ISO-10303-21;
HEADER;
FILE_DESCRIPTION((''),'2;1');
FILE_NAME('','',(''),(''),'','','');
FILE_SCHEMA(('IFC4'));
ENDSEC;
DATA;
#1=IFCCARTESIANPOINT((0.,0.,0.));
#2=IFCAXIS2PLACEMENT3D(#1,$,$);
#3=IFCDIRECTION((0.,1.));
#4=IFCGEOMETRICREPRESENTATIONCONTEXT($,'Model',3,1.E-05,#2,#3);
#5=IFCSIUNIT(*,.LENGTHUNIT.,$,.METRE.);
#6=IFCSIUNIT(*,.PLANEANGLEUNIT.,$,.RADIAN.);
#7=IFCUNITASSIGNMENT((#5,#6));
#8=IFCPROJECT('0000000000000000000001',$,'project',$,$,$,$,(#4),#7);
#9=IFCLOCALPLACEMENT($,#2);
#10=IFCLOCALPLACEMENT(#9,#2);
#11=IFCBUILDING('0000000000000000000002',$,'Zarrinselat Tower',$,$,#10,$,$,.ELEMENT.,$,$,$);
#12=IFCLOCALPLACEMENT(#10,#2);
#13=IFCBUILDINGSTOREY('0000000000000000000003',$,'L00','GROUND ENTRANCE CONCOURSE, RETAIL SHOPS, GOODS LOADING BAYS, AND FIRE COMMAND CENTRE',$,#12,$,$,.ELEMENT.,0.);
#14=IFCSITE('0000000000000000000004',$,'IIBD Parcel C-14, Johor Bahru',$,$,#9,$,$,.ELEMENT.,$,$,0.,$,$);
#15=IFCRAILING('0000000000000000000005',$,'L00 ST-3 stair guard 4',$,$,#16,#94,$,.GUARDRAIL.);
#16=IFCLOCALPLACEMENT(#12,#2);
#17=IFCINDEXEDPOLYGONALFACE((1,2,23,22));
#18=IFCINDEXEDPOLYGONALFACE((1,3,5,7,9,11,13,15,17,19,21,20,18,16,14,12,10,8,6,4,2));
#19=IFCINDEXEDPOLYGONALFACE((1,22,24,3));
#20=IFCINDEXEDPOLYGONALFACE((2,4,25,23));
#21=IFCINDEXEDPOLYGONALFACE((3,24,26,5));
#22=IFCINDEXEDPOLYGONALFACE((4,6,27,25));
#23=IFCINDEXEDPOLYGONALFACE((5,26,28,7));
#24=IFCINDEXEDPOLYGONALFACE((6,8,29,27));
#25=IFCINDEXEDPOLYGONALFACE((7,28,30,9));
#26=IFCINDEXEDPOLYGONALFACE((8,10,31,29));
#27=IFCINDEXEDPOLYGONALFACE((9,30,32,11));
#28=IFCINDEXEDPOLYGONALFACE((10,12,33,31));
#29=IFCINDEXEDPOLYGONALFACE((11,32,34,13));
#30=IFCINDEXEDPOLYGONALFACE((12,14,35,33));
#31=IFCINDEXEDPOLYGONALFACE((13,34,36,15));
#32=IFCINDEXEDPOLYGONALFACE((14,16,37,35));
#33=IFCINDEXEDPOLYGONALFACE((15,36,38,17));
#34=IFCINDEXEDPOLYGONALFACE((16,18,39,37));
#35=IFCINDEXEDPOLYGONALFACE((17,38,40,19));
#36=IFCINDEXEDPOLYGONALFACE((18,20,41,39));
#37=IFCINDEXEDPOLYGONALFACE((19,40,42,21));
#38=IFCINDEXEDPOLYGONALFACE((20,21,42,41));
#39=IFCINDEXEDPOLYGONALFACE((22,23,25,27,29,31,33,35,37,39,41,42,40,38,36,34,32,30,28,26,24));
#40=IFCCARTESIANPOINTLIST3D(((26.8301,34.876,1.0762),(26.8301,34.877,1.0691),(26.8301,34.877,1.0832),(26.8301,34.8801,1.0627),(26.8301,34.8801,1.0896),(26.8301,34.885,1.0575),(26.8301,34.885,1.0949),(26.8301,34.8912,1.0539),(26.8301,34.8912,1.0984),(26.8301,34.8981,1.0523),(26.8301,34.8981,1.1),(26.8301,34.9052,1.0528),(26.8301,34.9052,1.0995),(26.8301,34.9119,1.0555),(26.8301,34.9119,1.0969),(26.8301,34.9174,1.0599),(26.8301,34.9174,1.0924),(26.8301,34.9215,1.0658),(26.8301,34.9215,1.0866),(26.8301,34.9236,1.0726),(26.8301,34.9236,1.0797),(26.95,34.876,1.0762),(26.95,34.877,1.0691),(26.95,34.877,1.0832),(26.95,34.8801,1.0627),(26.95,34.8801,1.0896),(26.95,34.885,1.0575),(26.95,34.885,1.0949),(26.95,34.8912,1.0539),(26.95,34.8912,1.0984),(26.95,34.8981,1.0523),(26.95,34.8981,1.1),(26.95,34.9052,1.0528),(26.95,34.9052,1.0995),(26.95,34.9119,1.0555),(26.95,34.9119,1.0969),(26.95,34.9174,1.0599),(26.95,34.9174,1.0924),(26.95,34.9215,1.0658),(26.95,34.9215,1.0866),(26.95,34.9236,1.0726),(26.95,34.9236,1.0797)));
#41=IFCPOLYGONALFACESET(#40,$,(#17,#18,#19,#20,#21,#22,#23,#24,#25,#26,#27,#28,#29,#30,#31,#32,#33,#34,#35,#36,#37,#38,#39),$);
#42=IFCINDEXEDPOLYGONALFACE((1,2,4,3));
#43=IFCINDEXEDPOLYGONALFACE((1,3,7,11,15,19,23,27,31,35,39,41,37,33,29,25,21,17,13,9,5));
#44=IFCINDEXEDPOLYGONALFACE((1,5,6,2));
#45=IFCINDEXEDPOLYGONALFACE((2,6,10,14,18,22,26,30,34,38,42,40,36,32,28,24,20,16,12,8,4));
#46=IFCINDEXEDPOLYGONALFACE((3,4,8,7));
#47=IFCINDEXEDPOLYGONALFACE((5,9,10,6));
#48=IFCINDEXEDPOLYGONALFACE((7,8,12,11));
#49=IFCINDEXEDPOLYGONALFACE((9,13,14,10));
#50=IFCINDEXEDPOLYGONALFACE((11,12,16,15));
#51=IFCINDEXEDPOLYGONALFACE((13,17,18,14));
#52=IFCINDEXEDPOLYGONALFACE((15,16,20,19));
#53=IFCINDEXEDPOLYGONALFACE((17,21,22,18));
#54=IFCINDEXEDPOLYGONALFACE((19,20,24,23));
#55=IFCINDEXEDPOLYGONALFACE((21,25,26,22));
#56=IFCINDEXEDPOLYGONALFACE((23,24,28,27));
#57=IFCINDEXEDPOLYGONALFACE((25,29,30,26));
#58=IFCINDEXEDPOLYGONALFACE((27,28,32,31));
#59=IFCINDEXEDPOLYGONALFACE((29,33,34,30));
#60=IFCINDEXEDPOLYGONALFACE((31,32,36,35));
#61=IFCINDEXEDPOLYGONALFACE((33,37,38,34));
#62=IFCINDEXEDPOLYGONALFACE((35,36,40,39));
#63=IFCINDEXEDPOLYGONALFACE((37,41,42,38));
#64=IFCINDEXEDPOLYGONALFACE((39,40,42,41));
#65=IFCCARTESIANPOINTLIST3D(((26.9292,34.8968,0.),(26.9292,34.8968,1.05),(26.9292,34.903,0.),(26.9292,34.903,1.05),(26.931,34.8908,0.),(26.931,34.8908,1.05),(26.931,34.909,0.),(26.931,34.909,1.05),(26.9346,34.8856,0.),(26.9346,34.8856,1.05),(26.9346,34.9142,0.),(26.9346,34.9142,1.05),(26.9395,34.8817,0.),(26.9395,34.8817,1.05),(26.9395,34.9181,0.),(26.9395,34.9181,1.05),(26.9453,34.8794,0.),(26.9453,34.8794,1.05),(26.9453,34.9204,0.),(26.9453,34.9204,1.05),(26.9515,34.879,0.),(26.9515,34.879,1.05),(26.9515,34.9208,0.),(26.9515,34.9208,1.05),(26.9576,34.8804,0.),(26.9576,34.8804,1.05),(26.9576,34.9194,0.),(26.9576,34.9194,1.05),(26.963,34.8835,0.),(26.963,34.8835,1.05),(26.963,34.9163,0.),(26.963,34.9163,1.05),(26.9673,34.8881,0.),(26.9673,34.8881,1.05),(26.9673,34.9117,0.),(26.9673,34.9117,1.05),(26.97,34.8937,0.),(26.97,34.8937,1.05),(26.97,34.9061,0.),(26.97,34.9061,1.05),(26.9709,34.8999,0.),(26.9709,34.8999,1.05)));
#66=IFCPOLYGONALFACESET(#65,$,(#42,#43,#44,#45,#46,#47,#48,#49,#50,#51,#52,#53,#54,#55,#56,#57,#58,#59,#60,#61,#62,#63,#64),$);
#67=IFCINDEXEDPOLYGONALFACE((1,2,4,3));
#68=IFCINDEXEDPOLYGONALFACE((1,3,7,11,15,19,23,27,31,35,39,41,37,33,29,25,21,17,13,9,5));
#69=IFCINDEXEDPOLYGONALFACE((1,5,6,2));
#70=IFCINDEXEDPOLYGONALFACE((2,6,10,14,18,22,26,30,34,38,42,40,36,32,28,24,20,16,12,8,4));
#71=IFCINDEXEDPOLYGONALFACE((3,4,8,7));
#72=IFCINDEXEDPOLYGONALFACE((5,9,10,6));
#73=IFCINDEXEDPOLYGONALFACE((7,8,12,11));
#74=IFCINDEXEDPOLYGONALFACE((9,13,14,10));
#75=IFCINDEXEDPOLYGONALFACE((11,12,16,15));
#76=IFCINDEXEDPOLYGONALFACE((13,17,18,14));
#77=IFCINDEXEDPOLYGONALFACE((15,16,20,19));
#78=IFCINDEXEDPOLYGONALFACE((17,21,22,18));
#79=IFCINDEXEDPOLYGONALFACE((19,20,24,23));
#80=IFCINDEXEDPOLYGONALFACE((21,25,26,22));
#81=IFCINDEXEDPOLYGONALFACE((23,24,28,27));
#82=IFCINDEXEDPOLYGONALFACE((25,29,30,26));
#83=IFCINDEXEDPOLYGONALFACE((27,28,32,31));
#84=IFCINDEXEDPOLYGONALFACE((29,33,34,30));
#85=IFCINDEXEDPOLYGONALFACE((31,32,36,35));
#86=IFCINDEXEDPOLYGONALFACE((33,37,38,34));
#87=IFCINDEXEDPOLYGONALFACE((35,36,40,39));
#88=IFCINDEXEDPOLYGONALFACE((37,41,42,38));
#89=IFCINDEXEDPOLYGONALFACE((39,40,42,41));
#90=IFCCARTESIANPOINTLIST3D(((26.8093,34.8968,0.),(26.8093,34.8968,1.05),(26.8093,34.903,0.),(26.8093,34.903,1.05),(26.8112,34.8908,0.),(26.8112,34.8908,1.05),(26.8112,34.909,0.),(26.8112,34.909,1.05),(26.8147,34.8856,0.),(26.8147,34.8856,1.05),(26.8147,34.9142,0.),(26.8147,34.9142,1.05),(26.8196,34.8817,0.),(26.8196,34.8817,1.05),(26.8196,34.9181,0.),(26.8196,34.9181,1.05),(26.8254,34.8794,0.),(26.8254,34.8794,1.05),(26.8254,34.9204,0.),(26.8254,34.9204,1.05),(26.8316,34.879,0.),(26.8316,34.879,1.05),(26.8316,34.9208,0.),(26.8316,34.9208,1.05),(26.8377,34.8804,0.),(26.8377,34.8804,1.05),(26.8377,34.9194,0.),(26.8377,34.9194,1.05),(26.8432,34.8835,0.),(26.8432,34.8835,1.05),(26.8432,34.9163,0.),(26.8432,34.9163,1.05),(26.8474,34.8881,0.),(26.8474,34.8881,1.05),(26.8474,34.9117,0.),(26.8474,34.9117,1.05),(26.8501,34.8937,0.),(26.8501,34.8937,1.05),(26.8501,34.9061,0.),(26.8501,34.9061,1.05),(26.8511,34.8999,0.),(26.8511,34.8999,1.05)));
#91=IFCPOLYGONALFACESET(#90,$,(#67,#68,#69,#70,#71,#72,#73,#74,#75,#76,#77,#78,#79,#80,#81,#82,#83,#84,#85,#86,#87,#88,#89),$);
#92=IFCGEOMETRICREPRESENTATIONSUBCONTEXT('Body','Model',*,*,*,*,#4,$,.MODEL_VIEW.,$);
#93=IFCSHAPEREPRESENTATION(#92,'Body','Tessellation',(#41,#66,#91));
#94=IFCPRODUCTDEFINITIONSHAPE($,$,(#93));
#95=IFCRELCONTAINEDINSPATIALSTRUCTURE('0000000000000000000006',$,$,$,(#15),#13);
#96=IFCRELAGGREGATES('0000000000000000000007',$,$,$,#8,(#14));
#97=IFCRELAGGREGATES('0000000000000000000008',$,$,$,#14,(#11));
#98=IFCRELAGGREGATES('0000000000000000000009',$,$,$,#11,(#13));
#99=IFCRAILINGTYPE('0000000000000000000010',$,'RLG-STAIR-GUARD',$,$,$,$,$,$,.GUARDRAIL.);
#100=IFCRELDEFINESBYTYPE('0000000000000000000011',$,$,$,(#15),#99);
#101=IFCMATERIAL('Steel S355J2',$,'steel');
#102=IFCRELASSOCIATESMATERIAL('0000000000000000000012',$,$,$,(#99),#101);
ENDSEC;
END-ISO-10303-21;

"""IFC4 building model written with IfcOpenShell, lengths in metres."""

from ifc_helpers import new_model, si_unit, direction, frame, origin, origin_2d, place, context, subcontext, project, spatial, circle, extrude, material, type_object, element, save


model = new_model("IFC4")

# Units and contexts
model_context = context("Model", 3, precision=1e-05, world=origin(), true_north=direction((0.0, 1.0)))
body_context = subcontext(model_context, "Body", "Model", "MODEL_VIEW")
ifc_project = project(units=[si_unit("LENGTHUNIT", "METRE"), si_unit("PLANEANGLEUNIT", "RADIAN")], contexts=[model_context])

# Site, building, storey
site_placement = place(None, origin())
site = spatial("IfcSite", under=ifc_project, at=site_placement, Name="IIBD Parcel C-14, Johor Bahru", CompositionType="ELEMENT", RefElevation=0.0)
building_placement = place(site_placement, origin())
building = spatial("IfcBuilding", under=site, at=building_placement, Name="Zarrinselat Tower", CompositionType="ELEMENT")
storey_placement = place(building_placement, origin())
storey = spatial("IfcBuildingStorey", under=building, at=storey_placement, Name="L00", Description="GROUND ENTRANCE CONCOURSE, RETAIL SHOPS, GOODS LOADING BAYS, AND FIRE COMMAND CENTRE", CompositionType="ELEMENT", Elevation=0.0)

# Railing
ifc_material_1 = material(Name="Steel S355J2", Category="steel")
railing_type_1 = type_object("IfcRailingType", Name="RLG-STAIR-GUARD", PredefinedType="GUARDRAIL", material=ifc_material_1)
railing_1_placement = place(storey_placement, frame((26.95, 34.8999, 0.0)))
element("IfcRailing", 1, at=railing_1_placement, inside=storey, type_object=railing_type_1, Name="L00 ST-3 stair guard 4", PredefinedType="GUARDRAIL", context=body_context, shape_type="SweptSolid", body=[
    extrude(circle(Radius=0.0239, at=origin_2d()), frame((0.0, 0.0, 1.0762), z_axis=(-1.0, 0.0, 0.0), x_axis=(0.0, -1.0, 0.0)), (0.0, 0.0, 1.0), 0.1199),
    extrude(circle(Radius=0.021, at=origin_2d()), origin(), (0.0, 0.0, 1.0), 1.05),
    extrude(circle(Radius=0.021, at=origin_2d()), frame((-0.1199, 0.0, 0.0)), (0.0, 0.0, 1.0), 1.05),
])

save(model, "model.ifc")
